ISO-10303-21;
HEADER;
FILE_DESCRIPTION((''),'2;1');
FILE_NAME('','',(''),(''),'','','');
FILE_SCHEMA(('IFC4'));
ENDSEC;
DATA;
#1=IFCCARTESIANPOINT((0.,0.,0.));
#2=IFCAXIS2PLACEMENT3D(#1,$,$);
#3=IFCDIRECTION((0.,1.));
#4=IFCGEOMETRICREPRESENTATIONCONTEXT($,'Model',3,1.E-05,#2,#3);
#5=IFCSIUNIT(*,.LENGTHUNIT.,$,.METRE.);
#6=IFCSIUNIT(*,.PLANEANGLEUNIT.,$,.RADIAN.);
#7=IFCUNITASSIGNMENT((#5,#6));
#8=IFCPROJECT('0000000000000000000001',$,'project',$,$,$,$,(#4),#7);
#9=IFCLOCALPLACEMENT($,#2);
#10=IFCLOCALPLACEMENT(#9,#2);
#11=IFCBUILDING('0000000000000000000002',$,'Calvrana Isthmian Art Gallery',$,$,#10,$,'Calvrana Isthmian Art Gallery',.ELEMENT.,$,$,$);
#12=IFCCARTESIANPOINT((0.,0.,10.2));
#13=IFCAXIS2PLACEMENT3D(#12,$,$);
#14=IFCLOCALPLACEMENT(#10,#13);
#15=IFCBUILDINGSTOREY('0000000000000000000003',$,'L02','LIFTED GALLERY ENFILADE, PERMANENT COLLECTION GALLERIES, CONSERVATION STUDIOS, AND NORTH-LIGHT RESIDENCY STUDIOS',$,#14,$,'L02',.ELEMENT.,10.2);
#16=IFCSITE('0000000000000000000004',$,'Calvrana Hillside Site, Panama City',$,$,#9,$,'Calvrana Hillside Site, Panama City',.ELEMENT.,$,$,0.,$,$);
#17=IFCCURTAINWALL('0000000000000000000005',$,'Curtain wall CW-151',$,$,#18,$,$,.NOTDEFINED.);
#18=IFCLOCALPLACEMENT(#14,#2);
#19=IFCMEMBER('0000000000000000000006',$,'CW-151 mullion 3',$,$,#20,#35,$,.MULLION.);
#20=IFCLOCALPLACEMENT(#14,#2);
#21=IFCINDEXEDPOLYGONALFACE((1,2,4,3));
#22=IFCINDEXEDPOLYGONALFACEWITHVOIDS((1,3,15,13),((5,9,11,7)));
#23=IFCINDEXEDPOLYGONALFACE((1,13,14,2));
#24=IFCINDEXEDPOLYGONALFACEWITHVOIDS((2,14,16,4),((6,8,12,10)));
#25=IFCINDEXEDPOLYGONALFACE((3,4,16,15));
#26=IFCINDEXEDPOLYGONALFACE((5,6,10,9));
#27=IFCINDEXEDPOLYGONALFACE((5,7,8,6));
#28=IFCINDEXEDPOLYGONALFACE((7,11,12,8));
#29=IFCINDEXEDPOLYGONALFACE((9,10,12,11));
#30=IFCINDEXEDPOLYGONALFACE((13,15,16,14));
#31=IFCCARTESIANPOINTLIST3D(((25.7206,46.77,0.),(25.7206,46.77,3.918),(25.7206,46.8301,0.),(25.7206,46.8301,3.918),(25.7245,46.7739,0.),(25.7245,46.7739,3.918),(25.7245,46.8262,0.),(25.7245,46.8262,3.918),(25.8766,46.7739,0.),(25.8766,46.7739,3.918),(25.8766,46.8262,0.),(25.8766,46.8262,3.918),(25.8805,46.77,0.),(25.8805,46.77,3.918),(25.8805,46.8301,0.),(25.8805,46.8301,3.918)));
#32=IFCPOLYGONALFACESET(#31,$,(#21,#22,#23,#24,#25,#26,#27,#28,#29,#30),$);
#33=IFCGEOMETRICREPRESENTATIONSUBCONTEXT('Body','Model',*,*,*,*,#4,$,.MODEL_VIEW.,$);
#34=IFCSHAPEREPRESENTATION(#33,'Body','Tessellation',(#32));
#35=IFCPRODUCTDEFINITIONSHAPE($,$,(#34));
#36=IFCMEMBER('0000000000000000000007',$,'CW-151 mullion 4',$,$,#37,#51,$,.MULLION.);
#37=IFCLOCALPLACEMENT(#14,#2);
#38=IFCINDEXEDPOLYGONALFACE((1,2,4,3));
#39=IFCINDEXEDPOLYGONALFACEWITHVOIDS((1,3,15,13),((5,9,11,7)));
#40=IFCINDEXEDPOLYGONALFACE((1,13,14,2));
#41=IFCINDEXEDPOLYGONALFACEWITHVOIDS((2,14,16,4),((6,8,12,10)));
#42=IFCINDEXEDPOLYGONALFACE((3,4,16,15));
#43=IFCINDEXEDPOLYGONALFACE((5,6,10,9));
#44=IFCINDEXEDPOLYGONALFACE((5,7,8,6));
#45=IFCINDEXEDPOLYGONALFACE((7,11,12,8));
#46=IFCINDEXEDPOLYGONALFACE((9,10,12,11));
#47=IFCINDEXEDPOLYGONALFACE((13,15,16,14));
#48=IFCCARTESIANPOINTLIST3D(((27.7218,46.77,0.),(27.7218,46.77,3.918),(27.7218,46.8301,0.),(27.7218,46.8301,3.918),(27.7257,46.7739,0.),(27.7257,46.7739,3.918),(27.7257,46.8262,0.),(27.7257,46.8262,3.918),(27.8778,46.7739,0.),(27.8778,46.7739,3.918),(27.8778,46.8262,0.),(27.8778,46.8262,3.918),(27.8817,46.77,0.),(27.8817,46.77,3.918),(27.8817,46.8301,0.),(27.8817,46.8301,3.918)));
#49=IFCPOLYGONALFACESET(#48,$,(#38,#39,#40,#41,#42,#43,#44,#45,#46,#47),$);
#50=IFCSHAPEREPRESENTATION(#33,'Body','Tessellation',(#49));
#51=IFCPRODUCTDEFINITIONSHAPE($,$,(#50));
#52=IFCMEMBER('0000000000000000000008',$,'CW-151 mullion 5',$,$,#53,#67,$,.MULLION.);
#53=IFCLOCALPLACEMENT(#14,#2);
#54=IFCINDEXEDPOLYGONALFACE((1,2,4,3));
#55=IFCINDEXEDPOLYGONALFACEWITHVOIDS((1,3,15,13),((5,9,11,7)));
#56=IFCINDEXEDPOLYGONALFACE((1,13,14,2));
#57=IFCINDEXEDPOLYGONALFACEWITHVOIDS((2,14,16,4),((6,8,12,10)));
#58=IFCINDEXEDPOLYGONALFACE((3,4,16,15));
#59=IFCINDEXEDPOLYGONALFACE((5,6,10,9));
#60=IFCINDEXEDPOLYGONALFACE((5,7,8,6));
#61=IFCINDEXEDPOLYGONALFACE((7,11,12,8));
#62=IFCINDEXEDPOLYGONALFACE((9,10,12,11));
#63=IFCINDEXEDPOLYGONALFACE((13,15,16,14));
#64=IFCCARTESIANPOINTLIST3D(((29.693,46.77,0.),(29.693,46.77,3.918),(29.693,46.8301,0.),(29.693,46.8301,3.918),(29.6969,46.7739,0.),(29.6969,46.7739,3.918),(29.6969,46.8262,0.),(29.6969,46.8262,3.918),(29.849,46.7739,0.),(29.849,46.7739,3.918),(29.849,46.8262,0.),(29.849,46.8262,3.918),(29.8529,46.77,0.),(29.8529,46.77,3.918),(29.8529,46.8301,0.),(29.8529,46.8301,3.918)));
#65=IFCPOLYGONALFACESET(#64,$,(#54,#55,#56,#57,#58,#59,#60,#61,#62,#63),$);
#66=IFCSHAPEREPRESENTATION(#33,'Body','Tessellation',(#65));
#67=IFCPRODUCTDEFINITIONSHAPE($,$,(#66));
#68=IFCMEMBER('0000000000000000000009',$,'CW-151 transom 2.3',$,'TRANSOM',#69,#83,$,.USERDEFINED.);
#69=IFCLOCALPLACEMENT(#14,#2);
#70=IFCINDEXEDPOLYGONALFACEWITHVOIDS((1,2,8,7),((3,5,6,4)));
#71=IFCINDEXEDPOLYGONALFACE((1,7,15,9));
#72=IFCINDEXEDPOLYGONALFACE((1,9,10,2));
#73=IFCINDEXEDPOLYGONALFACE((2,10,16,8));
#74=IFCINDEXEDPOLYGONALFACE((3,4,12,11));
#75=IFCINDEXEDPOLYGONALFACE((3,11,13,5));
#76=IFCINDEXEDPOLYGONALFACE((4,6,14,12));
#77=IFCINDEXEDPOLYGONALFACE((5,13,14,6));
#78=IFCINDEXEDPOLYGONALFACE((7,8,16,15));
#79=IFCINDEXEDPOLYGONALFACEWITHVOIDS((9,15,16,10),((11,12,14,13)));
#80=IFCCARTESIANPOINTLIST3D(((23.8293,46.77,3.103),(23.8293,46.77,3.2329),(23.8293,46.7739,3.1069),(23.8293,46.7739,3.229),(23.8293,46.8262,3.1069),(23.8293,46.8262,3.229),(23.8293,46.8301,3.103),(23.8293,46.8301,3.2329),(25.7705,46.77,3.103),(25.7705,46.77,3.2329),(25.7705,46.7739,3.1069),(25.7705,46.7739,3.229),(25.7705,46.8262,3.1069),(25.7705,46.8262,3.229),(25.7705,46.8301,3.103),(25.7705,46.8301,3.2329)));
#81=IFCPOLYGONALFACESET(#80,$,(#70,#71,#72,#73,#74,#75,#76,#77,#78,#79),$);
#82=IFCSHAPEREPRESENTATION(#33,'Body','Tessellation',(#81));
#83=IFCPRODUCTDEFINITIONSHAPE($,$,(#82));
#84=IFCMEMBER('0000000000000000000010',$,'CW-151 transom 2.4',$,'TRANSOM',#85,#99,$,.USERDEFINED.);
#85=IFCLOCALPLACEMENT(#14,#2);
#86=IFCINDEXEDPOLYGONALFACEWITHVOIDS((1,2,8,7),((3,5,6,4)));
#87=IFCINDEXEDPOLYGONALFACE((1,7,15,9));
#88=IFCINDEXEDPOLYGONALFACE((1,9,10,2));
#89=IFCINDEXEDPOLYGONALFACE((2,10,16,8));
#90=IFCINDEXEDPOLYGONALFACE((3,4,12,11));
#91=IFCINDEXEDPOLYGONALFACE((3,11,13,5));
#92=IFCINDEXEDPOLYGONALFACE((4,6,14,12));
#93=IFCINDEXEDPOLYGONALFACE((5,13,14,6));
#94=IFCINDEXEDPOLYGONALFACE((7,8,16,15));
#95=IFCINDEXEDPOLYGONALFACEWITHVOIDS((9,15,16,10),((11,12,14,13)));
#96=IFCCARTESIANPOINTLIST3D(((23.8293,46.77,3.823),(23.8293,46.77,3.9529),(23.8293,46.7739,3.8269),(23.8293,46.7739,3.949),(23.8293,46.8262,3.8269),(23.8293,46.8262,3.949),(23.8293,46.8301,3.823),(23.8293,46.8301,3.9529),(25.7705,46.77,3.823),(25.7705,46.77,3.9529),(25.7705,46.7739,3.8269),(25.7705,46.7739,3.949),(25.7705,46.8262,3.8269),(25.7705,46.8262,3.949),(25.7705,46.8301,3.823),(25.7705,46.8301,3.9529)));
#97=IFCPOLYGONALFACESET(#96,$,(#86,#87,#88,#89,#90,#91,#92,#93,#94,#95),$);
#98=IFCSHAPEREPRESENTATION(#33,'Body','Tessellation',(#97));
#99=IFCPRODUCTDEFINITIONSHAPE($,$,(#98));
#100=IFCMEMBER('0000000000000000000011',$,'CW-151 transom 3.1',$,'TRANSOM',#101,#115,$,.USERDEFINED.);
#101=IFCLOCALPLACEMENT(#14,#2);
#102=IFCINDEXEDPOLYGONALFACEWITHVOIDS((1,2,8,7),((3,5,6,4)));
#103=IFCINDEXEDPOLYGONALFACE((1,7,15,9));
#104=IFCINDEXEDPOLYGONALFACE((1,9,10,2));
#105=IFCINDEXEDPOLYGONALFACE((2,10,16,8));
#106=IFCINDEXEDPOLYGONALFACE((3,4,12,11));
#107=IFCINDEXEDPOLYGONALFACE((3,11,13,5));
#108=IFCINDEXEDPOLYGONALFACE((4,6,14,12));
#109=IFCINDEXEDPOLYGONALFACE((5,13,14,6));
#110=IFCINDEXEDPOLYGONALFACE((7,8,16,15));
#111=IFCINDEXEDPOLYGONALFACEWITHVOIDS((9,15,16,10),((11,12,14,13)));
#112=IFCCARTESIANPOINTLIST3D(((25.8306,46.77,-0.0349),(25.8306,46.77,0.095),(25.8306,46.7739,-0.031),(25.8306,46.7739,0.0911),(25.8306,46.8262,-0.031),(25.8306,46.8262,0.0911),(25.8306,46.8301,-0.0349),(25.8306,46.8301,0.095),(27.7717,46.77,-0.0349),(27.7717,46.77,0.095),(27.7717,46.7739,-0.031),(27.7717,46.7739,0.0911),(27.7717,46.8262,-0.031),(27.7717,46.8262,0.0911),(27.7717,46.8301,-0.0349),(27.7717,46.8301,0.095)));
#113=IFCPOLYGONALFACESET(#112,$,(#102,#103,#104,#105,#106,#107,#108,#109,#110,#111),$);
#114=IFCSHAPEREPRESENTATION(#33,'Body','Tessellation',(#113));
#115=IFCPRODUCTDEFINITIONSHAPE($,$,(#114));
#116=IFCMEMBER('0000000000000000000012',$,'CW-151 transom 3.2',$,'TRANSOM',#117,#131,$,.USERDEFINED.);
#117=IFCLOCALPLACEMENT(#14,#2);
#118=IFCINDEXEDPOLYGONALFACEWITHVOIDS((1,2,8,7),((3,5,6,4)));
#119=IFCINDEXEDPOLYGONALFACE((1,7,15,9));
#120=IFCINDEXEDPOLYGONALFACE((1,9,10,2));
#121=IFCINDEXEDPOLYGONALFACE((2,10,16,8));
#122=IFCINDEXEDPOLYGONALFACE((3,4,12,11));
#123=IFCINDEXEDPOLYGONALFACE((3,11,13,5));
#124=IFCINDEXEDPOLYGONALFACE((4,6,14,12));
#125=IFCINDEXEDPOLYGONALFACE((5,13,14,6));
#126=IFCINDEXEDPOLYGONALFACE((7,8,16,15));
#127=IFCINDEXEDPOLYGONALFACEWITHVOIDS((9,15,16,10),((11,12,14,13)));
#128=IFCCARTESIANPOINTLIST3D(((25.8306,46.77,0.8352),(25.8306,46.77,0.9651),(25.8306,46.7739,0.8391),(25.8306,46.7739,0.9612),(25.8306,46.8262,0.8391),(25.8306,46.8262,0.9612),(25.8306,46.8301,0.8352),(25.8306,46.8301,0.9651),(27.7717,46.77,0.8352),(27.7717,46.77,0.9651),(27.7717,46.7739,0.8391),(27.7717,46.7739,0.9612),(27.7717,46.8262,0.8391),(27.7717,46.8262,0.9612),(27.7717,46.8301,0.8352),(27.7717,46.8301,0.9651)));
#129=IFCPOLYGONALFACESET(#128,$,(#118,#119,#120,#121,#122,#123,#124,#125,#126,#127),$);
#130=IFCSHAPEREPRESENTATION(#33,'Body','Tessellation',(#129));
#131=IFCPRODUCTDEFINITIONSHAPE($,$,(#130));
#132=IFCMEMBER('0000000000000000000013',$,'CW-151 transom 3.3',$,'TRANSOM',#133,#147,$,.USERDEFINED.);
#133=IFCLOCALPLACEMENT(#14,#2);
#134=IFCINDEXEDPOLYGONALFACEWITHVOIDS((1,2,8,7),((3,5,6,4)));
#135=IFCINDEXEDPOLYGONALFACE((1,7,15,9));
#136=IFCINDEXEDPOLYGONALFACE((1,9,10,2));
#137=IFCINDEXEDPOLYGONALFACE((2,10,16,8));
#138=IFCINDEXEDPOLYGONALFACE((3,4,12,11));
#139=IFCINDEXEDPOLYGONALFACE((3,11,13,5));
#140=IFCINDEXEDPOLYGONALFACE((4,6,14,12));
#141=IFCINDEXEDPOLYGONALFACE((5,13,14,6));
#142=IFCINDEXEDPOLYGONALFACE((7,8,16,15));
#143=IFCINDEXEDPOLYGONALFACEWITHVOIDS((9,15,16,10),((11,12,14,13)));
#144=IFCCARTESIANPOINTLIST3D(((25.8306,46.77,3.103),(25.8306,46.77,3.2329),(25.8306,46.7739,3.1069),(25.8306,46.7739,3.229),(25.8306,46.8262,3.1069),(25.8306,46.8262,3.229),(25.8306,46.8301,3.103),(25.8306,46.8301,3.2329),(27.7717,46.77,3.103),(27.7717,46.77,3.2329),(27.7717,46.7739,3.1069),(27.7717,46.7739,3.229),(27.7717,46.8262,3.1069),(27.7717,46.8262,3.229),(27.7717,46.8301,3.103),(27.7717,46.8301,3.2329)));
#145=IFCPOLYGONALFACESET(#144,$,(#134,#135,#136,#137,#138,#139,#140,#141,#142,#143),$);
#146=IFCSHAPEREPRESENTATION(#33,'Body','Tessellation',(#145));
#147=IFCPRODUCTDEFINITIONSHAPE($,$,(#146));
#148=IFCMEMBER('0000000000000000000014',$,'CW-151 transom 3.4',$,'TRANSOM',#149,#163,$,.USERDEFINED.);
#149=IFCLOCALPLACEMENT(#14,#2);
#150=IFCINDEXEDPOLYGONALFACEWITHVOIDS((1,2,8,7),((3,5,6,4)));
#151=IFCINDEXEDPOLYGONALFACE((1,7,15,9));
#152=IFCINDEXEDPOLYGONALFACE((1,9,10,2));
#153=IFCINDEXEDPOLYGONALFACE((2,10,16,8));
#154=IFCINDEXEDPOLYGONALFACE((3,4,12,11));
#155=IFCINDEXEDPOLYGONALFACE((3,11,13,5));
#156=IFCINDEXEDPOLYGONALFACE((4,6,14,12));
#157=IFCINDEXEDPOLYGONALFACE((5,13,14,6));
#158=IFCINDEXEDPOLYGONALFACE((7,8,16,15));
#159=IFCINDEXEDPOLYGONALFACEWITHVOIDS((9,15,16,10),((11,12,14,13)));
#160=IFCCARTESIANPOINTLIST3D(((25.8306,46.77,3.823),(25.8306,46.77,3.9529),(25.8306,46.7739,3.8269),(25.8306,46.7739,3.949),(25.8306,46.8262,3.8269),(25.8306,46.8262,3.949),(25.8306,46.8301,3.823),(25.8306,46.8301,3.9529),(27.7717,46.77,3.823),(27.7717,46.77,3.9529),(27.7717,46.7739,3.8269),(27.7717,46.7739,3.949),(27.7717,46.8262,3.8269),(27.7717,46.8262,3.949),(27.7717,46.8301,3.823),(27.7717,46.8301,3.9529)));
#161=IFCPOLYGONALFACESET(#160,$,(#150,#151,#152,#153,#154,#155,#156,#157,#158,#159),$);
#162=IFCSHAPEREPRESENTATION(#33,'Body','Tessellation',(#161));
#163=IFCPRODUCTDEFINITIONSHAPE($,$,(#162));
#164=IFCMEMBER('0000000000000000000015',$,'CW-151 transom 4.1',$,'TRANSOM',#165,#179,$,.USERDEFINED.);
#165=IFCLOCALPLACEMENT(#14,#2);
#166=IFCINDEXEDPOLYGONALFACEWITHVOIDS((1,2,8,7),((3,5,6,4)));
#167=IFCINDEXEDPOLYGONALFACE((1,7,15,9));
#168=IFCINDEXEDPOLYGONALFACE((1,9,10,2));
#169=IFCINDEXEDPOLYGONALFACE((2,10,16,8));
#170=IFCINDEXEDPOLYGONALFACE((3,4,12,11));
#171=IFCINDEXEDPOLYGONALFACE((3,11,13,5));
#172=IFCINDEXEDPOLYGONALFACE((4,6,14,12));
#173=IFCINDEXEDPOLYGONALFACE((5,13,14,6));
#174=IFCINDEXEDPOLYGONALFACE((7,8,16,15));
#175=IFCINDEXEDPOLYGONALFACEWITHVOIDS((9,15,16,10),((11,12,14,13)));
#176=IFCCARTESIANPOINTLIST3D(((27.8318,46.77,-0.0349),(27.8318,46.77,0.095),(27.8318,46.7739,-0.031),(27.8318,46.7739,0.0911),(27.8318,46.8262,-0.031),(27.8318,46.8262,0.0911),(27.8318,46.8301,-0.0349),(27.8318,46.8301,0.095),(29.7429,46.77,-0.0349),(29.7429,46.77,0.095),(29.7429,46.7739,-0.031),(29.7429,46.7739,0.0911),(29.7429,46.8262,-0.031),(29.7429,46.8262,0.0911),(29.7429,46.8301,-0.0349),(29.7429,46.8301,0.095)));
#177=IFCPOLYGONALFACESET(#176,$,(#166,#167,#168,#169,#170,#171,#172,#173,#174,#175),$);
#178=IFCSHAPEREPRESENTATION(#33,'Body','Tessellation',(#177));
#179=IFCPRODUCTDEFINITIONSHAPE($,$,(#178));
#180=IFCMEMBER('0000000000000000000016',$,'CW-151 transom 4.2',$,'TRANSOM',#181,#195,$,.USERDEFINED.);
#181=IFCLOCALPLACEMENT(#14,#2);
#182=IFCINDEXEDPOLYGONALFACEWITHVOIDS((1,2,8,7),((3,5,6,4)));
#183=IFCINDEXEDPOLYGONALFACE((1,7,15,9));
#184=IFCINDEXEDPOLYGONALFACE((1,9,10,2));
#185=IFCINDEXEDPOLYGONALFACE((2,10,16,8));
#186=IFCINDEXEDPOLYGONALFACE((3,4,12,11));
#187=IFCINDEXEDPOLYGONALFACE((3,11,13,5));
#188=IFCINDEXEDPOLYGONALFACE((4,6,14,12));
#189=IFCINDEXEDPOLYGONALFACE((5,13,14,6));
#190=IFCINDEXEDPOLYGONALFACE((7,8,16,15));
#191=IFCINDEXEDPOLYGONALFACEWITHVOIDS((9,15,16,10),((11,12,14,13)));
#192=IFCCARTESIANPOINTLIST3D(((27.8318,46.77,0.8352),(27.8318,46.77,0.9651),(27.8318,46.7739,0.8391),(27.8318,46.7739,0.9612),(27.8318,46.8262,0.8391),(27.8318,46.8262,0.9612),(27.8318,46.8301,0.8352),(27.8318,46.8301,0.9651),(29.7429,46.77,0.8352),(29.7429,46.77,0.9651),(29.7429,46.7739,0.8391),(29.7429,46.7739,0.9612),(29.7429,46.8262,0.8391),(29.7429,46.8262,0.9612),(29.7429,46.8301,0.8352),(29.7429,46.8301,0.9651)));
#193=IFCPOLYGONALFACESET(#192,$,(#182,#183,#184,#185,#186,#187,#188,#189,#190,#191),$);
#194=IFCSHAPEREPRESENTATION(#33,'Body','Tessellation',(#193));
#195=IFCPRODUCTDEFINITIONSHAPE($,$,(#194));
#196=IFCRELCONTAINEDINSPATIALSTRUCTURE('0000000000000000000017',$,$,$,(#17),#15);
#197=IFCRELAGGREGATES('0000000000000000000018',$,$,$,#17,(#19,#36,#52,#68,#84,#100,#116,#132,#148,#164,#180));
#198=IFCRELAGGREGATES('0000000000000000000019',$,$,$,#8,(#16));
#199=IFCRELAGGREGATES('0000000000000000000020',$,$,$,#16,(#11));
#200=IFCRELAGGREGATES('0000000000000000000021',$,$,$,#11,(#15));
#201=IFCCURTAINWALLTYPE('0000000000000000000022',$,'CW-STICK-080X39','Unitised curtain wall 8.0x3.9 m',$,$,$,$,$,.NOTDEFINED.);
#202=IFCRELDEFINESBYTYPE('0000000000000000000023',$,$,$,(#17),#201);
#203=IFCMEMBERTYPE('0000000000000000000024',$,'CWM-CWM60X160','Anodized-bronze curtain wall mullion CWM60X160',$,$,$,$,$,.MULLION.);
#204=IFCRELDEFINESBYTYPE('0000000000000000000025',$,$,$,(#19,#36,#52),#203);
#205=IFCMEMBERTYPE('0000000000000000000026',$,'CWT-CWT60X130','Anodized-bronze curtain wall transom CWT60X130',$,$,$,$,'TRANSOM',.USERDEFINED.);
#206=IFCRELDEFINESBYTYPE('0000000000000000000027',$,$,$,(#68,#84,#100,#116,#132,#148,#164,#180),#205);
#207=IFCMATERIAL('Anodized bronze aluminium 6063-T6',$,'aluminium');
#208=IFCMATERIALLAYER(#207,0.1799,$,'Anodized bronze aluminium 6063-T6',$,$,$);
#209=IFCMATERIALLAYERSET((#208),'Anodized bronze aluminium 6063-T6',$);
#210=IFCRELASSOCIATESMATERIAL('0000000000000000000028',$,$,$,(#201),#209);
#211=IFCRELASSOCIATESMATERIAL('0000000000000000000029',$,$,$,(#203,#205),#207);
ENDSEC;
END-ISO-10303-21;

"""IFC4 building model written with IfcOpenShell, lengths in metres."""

from ifc_helpers import new_model, si_unit, direction, frame, origin, origin_2d, place, context, subcontext, project, spatial, hollow_rectangle, extrude, material, layer, layer_set, material_profile, profile_set, type_object, element, aggregate, save


model = new_model("IFC4")

# Units and contexts
model_context = context("Model", 3, precision=1e-05, world=origin(), true_north=direction((0.0, 1.0)))
body_context = subcontext(model_context, "Body", "Model", "MODEL_VIEW")
ifc_project = project(units=[si_unit("LENGTHUNIT", "METRE"), si_unit("PLANEANGLEUNIT", "RADIAN")], contexts=[model_context])

# Site, building, storey
site_placement = place(None, origin())
site = spatial("IfcSite", under=ifc_project, at=site_placement, Name="Calvrana Hillside Site, Panama City", LongName="Calvrana Hillside Site, Panama City", CompositionType="ELEMENT", RefElevation=0.0)
building_placement = place(site_placement, origin())
building = spatial("IfcBuilding", under=site, at=building_placement, Name="Calvrana Isthmian Art Gallery", LongName="Calvrana Isthmian Art Gallery", CompositionType="ELEMENT")
storey_placement = place(building_placement, frame((0.0, 0.0, 10.2)))
storey = spatial("IfcBuildingStorey", under=building, at=storey_placement, Name="L02", Description="LIFTED GALLERY ENFILADE, PERMANENT COLLECTION GALLERIES, CONSERVATION STUDIOS, AND NORTH-LIGHT RESIDENCY STUDIOS", LongName="L02", CompositionType="ELEMENT", Elevation=10.2)

# Curtain wall, members
ifc_material_1 = material(Name="Anodized bronze aluminium 6063-T6", Category="aluminium")
ifc_layer_1 = layer(ifc_material_1, 0.1799, Name="Anodized bronze aluminium 6063-T6")
ifc_layer_set_1 = layer_set([ifc_layer_1], Name="Anodized bronze aluminium 6063-T6")
curtain_wall_type = type_object("IfcCurtainWallType", Name="CW-STICK-080X39", Description="Unitised curtain wall 8.0x3.9 m", PredefinedType="NOTDEFINED", material=ifc_layer_set_1)
curtain_wall_placement = place(storey_placement, origin())
curtain_wall = element("IfcCurtainWall", 1, at=curtain_wall_placement, inside=storey, type_object=curtain_wall_type, Name="Curtain wall CW-151", PredefinedType="NOTDEFINED")
ifc_material_profile_1 = material_profile(ifc_material_1, hollow_rectangle(XDim=0.0601, YDim=0.1599, WallThickness=0.0039, at=origin_2d()), Name="CWM60X160")
ifc_profile_set_1 = profile_set([ifc_material_profile_1], Name="Anodized bronze aluminium 6063-T6")
member_type_1 = type_object("IfcMemberType", Name="CWM-CWM60X160", Description="Anodized-bronze curtain wall mullion CWM60X160", PredefinedType="MULLION", material=ifc_profile_set_1)
member_1_placement = place(storey_placement, frame((25.8005, 46.8, 0.0), z_axis=(0.0, 0.0, 1.0), x_axis=(0.0, 1.0, 0.0)))
member_1 = element("IfcMember", 2, at=member_1_placement, type_object=member_type_1, Name="CW-151 mullion 3", PredefinedType="MULLION", context=body_context, shape_type="SweptSolid", body=[
    extrude(hollow_rectangle(XDim=0.0601, YDim=0.1599, WallThickness=0.0039, at=origin_2d()), origin(), (0.0, 0.0, 1.0), 3.918),
])
member_2_placement = place(storey_placement, frame((27.8018, 46.8, 0.0), z_axis=(0.0, 0.0, 1.0), x_axis=(0.0, 1.0, 0.0)))
member_2 = element("IfcMember", 3, at=member_2_placement, type_object=member_type_1, Name="CW-151 mullion 4", PredefinedType="MULLION", context=body_context, shape_type="SweptSolid", body=[
    extrude(hollow_rectangle(XDim=0.0601, YDim=0.1599, WallThickness=0.0039, at=origin_2d()), origin(), (0.0, 0.0, 1.0), 3.918),
])
member_3_placement = place(storey_placement, frame((29.7729, 46.8, 0.0), z_axis=(0.0, 0.0, 1.0), x_axis=(0.0, 1.0, 0.0)))
member_3 = element("IfcMember", 4, at=member_3_placement, type_object=member_type_1, Name="CW-151 mullion 5", PredefinedType="MULLION", context=body_context, shape_type="SweptSolid", body=[
    extrude(hollow_rectangle(XDim=0.0601, YDim=0.1599, WallThickness=0.0039, at=origin_2d()), origin(), (0.0, 0.0, 1.0), 3.918),
])
ifc_material_profile_2 = material_profile(ifc_material_1, hollow_rectangle(XDim=0.0601, YDim=0.1299, WallThickness=0.0039, at=origin_2d()), Name="CWT60X130")
ifc_profile_set_2 = profile_set([ifc_material_profile_2], Name="Anodized bronze aluminium 6063-T6")
member_type_2 = type_object("IfcMemberType", Name="CWT-CWT60X130", Description="Anodized-bronze curtain wall transom CWT60X130", ElementType="TRANSOM", PredefinedType="USERDEFINED", material=ifc_profile_set_2)
member_4_placement = place(storey_placement, frame((23.8293, 46.8, 3.168), z_axis=(1.0, 0.0, 0.0), x_axis=(0.0, 1.0, 0.0)))
member_4 = element("IfcMember", 5, at=member_4_placement, type_object=member_type_2, Name="CW-151 transom 2.3", ObjectType="TRANSOM", PredefinedType="USERDEFINED", context=body_context, shape_type="SweptSolid", body=[
    extrude(hollow_rectangle(XDim=0.0601, YDim=0.1299, WallThickness=0.0039, at=origin_2d()), origin(), (0.0, 0.0, 1.0), 1.9412),
])
member_5_placement = place(storey_placement, frame((23.8293, 46.8, 3.8879), z_axis=(1.0, 0.0, 0.0), x_axis=(0.0, 1.0, 0.0)))
member_5 = element("IfcMember", 6, at=member_5_placement, type_object=member_type_2, Name="CW-151 transom 2.4", ObjectType="TRANSOM", PredefinedType="USERDEFINED", context=body_context, shape_type="SweptSolid", body=[
    extrude(hollow_rectangle(XDim=0.0601, YDim=0.1299, WallThickness=0.0039, at=origin_2d()), origin(), (0.0, 0.0, 1.0), 1.9412),
])
member_6_placement = place(storey_placement, frame((25.8306, 46.8, 0.03), z_axis=(1.0, 0.0, 0.0), x_axis=(0.0, 1.0, 0.0)))
member_6 = element("IfcMember", 7, at=member_6_placement, type_object=member_type_2, Name="CW-151 transom 3.1", ObjectType="TRANSOM", PredefinedType="USERDEFINED", context=body_context, shape_type="SweptSolid", body=[
    extrude(hollow_rectangle(XDim=0.0601, YDim=0.1299, WallThickness=0.0039, at=origin_2d()), origin(), (0.0, 0.0, 1.0), 1.9412),
])
member_7_placement = place(storey_placement, frame((25.8306, 46.8, 0.9001), z_axis=(1.0, 0.0, 0.0), x_axis=(0.0, 1.0, 0.0)))
member_7 = element("IfcMember", 8, at=member_7_placement, type_object=member_type_2, Name="CW-151 transom 3.2", ObjectType="TRANSOM", PredefinedType="USERDEFINED", context=body_context, shape_type="SweptSolid", body=[
    extrude(hollow_rectangle(XDim=0.0601, YDim=0.1299, WallThickness=0.0039, at=origin_2d()), origin(), (0.0, 0.0, 1.0), 1.9412),
])
member_8_placement = place(storey_placement, frame((25.8306, 46.8, 3.168), z_axis=(1.0, 0.0, 0.0), x_axis=(0.0, 1.0, 0.0)))
member_8 = element("IfcMember", 9, at=member_8_placement, type_object=member_type_2, Name="CW-151 transom 3.3", ObjectType="TRANSOM", PredefinedType="USERDEFINED", context=body_context, shape_type="SweptSolid", body=[
    extrude(hollow_rectangle(XDim=0.0601, YDim=0.1299, WallThickness=0.0039, at=origin_2d()), origin(), (0.0, 0.0, 1.0), 1.9412),
])
member_9_placement = place(storey_placement, frame((25.8306, 46.8, 3.8879), z_axis=(1.0, 0.0, 0.0), x_axis=(0.0, 1.0, 0.0)))
member_9 = element("IfcMember", 10, at=member_9_placement, type_object=member_type_2, Name="CW-151 transom 3.4", ObjectType="TRANSOM", PredefinedType="USERDEFINED", context=body_context, shape_type="SweptSolid", body=[
    extrude(hollow_rectangle(XDim=0.0601, YDim=0.1299, WallThickness=0.0039, at=origin_2d()), origin(), (0.0, 0.0, 1.0), 1.9412),
])
member_10_placement = place(storey_placement, frame((27.8318, 46.8, 0.03), z_axis=(1.0, 0.0, 0.0), x_axis=(0.0, 1.0, 0.0)))
member_10 = element("IfcMember", 11, at=member_10_placement, type_object=member_type_2, Name="CW-151 transom 4.1", ObjectType="TRANSOM", PredefinedType="USERDEFINED", context=body_context, shape_type="SweptSolid", body=[
    extrude(hollow_rectangle(XDim=0.0601, YDim=0.1299, WallThickness=0.0039, at=origin_2d()), origin(), (0.0, 0.0, 1.0), 1.9111),
])
member_11_placement = place(storey_placement, frame((27.8318, 46.8, 0.9001), z_axis=(1.0, 0.0, 0.0), x_axis=(0.0, 1.0, 0.0)))
member_11 = element("IfcMember", 12, at=member_11_placement, type_object=member_type_2, Name="CW-151 transom 4.2", ObjectType="TRANSOM", PredefinedType="USERDEFINED", context=body_context, shape_type="SweptSolid", body=[
    extrude(hollow_rectangle(XDim=0.0601, YDim=0.1299, WallThickness=0.0039, at=origin_2d()), origin(), (0.0, 0.0, 1.0), 1.9111),
])
aggregate(curtain_wall, [member_1, member_2, member_3, member_4, member_5, member_6, member_7, member_8, member_9, member_10, member_11])

save(model, "model.ifc")
